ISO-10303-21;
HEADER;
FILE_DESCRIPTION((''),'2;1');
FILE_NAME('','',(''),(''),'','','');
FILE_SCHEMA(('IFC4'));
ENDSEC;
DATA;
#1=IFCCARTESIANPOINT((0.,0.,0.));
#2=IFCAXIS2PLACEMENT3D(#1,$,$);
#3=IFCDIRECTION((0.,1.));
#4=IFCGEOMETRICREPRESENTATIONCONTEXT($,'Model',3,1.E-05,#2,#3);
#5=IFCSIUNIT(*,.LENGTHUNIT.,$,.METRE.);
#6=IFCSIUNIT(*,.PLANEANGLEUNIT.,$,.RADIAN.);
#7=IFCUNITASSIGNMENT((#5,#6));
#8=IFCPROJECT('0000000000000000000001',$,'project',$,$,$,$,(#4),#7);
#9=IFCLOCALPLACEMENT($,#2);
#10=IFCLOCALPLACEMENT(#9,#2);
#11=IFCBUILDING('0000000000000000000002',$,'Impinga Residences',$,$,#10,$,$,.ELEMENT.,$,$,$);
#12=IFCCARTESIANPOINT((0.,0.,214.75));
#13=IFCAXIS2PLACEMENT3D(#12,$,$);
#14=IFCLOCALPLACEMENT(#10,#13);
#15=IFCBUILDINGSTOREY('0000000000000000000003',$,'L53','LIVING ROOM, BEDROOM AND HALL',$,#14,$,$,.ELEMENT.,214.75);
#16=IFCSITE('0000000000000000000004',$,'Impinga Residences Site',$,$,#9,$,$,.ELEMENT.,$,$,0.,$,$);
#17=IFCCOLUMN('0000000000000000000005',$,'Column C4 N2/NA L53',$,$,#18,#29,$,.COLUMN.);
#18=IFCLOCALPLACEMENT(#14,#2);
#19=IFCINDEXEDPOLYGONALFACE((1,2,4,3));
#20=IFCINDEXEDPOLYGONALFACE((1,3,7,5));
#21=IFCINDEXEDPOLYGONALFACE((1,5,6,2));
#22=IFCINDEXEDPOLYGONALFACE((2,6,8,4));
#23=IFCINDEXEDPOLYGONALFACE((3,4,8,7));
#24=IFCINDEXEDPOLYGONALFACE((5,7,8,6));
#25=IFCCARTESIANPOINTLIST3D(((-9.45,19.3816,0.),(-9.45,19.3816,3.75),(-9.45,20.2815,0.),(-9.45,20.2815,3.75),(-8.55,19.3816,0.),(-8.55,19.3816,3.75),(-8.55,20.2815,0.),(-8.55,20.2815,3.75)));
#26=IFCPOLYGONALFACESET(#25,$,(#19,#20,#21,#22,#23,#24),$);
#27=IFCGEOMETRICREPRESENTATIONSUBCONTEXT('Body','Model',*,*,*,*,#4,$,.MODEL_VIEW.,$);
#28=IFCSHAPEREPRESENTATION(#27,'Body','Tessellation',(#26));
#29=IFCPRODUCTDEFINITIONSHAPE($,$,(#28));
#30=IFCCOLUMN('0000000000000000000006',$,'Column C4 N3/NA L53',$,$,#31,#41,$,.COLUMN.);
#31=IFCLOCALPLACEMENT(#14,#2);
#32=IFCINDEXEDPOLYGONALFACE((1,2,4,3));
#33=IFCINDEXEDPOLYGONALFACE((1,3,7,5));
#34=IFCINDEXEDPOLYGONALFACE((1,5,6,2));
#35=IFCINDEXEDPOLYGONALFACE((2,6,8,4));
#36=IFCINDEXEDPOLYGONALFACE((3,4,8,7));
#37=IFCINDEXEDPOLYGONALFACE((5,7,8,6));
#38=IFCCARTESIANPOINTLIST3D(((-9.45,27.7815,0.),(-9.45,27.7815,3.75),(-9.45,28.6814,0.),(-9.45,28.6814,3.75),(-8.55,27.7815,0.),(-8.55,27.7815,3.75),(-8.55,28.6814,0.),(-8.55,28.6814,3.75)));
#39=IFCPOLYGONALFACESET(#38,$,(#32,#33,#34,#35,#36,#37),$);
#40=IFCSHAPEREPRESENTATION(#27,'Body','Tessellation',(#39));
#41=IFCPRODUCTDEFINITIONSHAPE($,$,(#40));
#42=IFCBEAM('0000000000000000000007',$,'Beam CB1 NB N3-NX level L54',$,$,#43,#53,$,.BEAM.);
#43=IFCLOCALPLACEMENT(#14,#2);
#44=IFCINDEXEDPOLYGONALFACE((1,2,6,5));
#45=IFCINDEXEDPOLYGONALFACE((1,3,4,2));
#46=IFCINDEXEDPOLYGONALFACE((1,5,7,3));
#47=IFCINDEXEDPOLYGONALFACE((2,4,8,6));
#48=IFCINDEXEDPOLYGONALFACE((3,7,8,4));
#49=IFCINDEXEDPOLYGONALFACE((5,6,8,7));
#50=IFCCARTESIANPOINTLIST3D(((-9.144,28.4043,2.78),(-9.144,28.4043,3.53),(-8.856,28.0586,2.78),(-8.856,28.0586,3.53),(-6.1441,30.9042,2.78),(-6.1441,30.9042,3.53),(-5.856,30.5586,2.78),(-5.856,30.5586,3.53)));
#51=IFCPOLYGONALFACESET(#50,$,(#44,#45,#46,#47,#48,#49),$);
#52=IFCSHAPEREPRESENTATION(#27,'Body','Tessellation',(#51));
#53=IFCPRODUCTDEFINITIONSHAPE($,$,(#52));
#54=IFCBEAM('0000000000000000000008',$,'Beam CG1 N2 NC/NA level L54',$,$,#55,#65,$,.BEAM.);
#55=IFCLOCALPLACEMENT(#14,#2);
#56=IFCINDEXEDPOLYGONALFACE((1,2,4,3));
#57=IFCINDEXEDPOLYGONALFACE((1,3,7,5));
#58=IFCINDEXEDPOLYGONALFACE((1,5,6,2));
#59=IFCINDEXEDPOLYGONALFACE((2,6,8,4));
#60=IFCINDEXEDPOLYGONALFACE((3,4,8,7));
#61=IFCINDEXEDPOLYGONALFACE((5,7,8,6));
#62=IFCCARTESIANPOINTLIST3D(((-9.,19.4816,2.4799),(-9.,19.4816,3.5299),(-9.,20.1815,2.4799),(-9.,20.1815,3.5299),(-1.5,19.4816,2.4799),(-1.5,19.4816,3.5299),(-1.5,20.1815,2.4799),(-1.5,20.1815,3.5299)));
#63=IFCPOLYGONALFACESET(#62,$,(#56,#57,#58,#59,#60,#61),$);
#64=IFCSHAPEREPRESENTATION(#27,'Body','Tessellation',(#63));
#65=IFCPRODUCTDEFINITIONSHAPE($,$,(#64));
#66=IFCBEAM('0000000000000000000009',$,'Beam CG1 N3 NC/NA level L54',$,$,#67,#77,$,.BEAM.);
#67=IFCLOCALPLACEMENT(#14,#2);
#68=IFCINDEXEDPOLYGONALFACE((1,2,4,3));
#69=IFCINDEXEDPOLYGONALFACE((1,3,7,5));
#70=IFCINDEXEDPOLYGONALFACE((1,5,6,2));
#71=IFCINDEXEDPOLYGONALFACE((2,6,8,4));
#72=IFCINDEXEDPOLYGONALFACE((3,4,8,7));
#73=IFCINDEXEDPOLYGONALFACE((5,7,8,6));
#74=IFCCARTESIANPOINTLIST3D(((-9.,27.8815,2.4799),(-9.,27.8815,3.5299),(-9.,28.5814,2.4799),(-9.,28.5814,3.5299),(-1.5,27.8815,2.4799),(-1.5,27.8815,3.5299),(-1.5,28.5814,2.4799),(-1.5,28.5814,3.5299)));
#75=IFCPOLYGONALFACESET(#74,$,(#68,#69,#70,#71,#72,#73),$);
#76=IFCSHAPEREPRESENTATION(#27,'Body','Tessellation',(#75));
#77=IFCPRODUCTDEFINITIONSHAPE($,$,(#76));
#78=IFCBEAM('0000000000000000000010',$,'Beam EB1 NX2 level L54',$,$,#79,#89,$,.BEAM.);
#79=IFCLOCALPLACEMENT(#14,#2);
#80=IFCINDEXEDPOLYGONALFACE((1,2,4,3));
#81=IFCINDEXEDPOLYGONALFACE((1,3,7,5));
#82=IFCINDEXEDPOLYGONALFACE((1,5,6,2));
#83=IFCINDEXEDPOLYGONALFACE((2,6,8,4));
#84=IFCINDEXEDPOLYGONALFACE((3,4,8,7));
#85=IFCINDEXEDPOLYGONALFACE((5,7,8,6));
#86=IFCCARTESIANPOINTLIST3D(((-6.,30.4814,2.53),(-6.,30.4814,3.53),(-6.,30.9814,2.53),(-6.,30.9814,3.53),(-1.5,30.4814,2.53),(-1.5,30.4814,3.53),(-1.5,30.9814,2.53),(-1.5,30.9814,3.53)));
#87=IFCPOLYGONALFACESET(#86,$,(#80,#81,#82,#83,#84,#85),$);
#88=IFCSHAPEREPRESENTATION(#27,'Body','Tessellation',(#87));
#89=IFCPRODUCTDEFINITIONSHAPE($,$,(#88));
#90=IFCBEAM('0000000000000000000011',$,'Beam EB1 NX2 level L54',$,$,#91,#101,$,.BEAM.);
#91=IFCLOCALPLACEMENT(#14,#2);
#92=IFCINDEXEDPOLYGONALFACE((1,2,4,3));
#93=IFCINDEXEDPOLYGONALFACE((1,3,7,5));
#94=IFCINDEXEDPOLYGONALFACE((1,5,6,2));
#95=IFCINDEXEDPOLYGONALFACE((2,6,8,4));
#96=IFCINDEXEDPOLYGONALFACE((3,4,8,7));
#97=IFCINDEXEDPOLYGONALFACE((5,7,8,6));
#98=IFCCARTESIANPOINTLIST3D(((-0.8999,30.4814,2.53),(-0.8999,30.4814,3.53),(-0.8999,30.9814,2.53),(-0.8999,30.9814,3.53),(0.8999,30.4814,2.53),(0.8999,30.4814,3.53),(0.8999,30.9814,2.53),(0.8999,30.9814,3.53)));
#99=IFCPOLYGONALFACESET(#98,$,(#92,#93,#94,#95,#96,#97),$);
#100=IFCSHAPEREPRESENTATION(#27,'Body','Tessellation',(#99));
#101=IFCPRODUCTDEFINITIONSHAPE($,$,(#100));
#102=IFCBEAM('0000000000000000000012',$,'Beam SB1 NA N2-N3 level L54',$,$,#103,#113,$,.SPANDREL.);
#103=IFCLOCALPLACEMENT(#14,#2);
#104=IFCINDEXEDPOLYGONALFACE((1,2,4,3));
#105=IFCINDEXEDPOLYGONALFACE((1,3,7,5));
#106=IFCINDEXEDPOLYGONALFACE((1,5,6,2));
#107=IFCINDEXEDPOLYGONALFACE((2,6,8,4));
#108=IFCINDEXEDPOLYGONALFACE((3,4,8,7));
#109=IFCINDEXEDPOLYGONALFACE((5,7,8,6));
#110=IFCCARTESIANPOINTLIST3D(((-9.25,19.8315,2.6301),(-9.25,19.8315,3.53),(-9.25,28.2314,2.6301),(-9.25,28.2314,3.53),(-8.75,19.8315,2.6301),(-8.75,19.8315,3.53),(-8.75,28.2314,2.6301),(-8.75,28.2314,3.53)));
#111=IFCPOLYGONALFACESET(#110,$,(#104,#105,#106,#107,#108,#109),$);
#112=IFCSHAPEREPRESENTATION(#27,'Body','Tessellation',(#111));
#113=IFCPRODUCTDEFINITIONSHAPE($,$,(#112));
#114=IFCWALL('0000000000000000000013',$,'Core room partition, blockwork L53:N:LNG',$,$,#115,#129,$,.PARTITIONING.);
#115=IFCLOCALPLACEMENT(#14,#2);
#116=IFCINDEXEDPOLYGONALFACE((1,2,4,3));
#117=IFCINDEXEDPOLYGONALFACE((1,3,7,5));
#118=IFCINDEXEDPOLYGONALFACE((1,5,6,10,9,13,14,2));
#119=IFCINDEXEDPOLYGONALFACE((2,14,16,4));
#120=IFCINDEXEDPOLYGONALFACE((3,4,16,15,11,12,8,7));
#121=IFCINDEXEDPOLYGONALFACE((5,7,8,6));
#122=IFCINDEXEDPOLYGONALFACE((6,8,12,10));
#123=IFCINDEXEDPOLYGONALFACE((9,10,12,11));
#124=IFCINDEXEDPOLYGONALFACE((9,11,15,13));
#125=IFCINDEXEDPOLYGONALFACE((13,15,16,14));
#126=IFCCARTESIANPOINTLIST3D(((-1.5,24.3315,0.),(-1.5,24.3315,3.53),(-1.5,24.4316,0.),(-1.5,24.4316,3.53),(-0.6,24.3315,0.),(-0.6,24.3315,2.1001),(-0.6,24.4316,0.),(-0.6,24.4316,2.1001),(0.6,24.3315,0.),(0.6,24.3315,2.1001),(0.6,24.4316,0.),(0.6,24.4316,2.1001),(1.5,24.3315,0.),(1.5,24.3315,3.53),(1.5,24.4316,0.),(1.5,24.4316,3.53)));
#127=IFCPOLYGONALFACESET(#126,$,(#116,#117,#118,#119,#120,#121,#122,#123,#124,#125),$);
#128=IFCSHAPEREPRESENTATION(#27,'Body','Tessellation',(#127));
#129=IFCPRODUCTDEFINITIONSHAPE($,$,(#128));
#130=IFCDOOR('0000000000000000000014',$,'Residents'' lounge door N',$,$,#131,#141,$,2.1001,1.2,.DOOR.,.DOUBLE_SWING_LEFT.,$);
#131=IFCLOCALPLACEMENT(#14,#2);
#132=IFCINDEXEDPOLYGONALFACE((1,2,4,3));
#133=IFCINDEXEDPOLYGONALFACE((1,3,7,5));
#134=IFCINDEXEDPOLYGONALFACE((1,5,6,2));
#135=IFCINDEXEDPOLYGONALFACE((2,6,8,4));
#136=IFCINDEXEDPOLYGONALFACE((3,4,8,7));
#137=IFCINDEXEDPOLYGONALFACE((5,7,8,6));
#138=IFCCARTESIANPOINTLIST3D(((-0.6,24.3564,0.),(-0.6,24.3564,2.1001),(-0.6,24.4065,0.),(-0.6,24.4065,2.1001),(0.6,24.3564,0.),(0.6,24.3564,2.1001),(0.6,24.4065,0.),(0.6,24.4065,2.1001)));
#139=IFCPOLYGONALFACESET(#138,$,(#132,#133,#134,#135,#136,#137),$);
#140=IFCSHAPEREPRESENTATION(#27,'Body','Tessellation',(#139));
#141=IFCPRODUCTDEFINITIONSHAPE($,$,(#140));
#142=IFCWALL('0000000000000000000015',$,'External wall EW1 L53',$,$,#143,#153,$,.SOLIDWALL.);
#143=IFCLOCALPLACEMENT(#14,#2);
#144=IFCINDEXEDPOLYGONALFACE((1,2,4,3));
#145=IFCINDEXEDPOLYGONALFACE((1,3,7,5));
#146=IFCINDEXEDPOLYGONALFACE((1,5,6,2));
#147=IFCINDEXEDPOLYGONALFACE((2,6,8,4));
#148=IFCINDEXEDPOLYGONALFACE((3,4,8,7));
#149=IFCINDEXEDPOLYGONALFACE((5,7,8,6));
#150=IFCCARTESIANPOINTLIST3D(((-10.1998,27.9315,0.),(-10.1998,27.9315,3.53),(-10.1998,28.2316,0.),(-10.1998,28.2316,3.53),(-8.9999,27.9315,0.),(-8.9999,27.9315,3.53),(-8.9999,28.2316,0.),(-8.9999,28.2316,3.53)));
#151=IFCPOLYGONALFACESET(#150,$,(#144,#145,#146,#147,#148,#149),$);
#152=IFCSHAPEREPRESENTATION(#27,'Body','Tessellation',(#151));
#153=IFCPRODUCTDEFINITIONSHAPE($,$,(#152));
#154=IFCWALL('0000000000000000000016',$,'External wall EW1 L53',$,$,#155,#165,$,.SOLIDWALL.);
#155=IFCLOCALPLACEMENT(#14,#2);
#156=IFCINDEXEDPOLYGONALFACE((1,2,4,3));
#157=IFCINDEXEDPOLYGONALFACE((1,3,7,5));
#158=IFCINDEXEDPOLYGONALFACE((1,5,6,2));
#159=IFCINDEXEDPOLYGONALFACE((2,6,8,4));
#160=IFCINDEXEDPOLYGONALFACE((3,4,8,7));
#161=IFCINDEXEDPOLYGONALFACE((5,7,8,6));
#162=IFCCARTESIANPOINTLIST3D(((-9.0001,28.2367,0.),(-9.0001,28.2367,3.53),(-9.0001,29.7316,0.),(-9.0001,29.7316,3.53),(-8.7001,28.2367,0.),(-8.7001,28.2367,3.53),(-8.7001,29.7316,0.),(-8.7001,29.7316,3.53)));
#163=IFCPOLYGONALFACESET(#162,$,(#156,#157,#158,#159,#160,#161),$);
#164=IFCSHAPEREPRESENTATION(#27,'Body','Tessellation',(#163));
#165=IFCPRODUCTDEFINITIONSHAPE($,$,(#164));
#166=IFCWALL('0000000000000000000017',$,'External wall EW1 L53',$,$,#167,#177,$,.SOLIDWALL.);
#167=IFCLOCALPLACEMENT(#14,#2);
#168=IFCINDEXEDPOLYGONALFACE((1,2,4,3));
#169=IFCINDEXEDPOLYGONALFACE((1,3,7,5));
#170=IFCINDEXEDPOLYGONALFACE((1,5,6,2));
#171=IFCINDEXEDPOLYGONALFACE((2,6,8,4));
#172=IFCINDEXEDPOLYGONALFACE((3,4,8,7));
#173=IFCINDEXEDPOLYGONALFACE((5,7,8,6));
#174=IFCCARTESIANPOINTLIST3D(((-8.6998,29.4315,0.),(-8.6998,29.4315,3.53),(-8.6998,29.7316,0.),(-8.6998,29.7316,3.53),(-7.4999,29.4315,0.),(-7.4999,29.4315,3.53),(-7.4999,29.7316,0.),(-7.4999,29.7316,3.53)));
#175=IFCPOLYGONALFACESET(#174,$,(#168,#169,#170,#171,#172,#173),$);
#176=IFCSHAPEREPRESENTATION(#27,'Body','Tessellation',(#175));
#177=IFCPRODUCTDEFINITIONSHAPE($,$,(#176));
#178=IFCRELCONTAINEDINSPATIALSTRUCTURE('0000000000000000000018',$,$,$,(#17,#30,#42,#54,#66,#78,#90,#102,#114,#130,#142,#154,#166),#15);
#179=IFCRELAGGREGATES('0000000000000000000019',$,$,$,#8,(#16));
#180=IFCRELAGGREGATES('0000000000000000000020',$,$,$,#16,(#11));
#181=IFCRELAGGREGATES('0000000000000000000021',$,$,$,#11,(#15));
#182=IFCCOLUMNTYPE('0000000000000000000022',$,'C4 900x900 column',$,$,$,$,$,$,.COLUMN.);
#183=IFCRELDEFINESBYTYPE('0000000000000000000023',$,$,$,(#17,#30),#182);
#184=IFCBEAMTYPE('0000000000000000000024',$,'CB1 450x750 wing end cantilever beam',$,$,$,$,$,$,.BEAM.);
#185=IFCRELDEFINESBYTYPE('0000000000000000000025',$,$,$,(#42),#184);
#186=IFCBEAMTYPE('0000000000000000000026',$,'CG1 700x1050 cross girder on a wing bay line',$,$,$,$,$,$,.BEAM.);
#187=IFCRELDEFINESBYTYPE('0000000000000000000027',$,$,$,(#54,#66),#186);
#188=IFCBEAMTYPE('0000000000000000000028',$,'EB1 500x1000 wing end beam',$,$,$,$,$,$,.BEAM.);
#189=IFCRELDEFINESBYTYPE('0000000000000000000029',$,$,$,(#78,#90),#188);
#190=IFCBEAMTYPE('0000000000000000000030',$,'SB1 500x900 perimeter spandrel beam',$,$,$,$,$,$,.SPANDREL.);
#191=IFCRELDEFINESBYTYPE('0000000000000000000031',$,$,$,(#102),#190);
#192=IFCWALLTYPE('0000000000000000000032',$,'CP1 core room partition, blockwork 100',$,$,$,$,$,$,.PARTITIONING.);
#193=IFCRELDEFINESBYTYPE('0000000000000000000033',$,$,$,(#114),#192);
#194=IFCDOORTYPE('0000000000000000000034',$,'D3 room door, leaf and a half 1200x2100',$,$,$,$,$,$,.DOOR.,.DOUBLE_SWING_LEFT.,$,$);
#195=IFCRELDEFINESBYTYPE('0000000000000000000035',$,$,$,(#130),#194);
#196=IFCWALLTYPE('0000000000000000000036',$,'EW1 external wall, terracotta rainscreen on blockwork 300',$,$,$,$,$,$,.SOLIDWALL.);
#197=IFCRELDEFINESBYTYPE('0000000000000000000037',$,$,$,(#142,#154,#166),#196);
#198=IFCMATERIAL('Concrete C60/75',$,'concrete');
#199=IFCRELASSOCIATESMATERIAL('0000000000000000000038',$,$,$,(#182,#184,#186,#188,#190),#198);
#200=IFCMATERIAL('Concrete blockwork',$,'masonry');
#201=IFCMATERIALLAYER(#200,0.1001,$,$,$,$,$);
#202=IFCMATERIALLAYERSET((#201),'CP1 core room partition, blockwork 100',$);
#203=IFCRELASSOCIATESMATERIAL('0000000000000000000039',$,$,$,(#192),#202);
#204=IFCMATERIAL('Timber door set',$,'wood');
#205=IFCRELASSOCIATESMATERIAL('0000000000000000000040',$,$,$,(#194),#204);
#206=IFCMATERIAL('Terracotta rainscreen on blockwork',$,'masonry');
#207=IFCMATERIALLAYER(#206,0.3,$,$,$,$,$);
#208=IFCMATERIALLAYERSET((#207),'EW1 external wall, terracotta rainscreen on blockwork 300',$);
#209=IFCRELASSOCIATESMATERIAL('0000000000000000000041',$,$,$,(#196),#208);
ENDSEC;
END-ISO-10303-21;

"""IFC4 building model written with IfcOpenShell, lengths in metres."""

from ifc_helpers import new_model, si_unit, direction, frame, frame_2d, origin, origin_2d, place, context, subcontext, project, spatial, rectangle, extrude, material, layer, layer_set, material_profile, profile_set, type_object, element, fill, save


model = new_model("IFC4")

# Units and contexts
model_context = context("Model", 3, precision=1e-05, world=origin(), true_north=direction((0.0, 1.0)))
body_context = subcontext(model_context, "Body", "Model", "MODEL_VIEW")
ifc_project = project(units=[si_unit("LENGTHUNIT", "METRE"), si_unit("PLANEANGLEUNIT", "RADIAN")], contexts=[model_context])

# Site, building, storey
site_placement = place(None, origin())
site = spatial("IfcSite", under=ifc_project, at=site_placement, Name="Impinga Residences Site", CompositionType="ELEMENT", RefElevation=0.0)
building_placement = place(site_placement, origin())
building = spatial("IfcBuilding", under=site, at=building_placement, Name="Impinga Residences", CompositionType="ELEMENT")
storey_placement = place(building_placement, frame((0.0, 0.0, 214.75)))
storey = spatial("IfcBuildingStorey", under=building, at=storey_placement, Name="L53", Description="LIVING ROOM, BEDROOM AND HALL", CompositionType="ELEMENT", Elevation=214.75)

# Columns
ifc_material_1 = material(Name="Concrete C60/75", Category="concrete")
ifc_material_profile_1 = material_profile(ifc_material_1, rectangle(XDim=0.8999, YDim=0.8999, at=origin_2d()), Name="RC 900x900")
ifc_profile_set_1 = profile_set([ifc_material_profile_1], Name="Concrete C60/75")
column_type = type_object("IfcColumnType", Name="C4 900x900 column", PredefinedType="COLUMN", material=ifc_profile_set_1)
for number, where, z_axis, x_axis, name in (
    (1, (-9.0, 19.8315, 0.0), (0.0, 0.0, 1.0), (1.0, 0.0, 0.0), "Column C4 N2/NA L53"),
    (2, (-9.0, 28.2314, 0.0), (0.0, 0.0, 1.0), (1.0, 0.0, 0.0), "Column C4 N3/NA L53"),
):
    element("IfcColumn", number, at=place(storey_placement, frame(where, z_axis=z_axis, x_axis=x_axis)), inside=storey, type_object=column_type, Name=name, PredefinedType="COLUMN", context=body_context, shape_type="SweptSolid", body=[
        extrude(rectangle(XDim=0.8999, YDim=0.8999, at=origin_2d()), origin(), (0.0, 0.0, 1.0), 3.75),
    ])

# Beams
ifc_material_profile_2 = material_profile(ifc_material_1, rectangle(XDim=0.45, YDim=0.75, at=origin_2d()), Name="RC 450x750")
ifc_profile_set_2 = profile_set([ifc_material_profile_2], Name="Concrete C60/75")
beam_type_1 = type_object("IfcBeamType", Name="CB1 450x750 wing end cantilever beam", PredefinedType="BEAM", material=ifc_profile_set_2)
beam_1_placement = place(storey_placement, frame((-9.0, 28.2314, 3.155), z_axis=(0.768221, 0.640184, 0.0), x_axis=(-0.640184, 0.768221, 0.0)))
element("IfcBeam", 3, at=beam_1_placement, inside=storey, type_object=beam_type_1, Name="Beam CB1 NB N3-NX level L54", PredefinedType="BEAM", context=body_context, shape_type="SweptSolid", body=[
    extrude(rectangle(XDim=0.45, YDim=0.75, at=origin_2d()), origin(), (0.0, 0.0, 1.0), 3.905),
])
ifc_material_profile_3 = material_profile(ifc_material_1, rectangle(XDim=0.7, YDim=1.05, at=origin_2d()), Name="RC 700x1050")
ifc_profile_set_3 = profile_set([ifc_material_profile_3], Name="Concrete C60/75")
beam_type_2 = type_object("IfcBeamType", Name="CG1 700x1050 cross girder on a wing bay line", PredefinedType="BEAM", material=ifc_profile_set_3)
for number, where, z_axis, x_axis, name in (
    (4, (-1.5, 19.8315, 3.0049), (-1.0, 0.0, 0.0), (0.0, -1.0, 0.0), "Beam CG1 N2 NC/NA level L54"),
    (5, (-1.5, 28.2314, 3.0049), (-1.0, 0.0, 0.0), (0.0, -1.0, 0.0), "Beam CG1 N3 NC/NA level L54"),
):
    element("IfcBeam", number, at=place(storey_placement, frame(where, z_axis=z_axis, x_axis=x_axis)), inside=storey, type_object=beam_type_2, Name=name, PredefinedType="BEAM", context=body_context, shape_type="SweptSolid", body=[
        extrude(rectangle(XDim=0.7, YDim=1.05, at=origin_2d()), origin(), (0.0, 0.0, 1.0), 7.5),
    ])
ifc_material_profile_4 = material_profile(ifc_material_1, rectangle(XDim=0.5, YDim=1.0, at=origin_2d()), Name="RC 500x1000")
ifc_profile_set_4 = profile_set([ifc_material_profile_4], Name="Concrete C60/75")
beam_type_3 = type_object("IfcBeamType", Name="EB1 500x1000 wing end beam", PredefinedType="BEAM", material=ifc_profile_set_4)
beam_2_placement = place(storey_placement, frame((-6.0, 30.7314, 3.03), z_axis=(1.0, 0.0, 0.0), x_axis=(0.0, 1.0, 0.0)))
element("IfcBeam", 6, at=beam_2_placement, inside=storey, type_object=beam_type_3, Name="Beam EB1 NX2 level L54", PredefinedType="BEAM", context=body_context, shape_type="SweptSolid", body=[
    extrude(rectangle(XDim=0.5, YDim=1.0, at=origin_2d()), origin(), (0.0, 0.0, 1.0), 4.5),
])
beam_3_placement = place(storey_placement, frame((-0.8999, 30.7314, 3.03), z_axis=(1.0, 0.0, 0.0), x_axis=(0.0, 1.0, 0.0)))
element("IfcBeam", 7, at=beam_3_placement, inside=storey, type_object=beam_type_3, Name="Beam EB1 NX2 level L54", PredefinedType="BEAM", context=body_context, shape_type="SweptSolid", body=[
    extrude(rectangle(XDim=0.5, YDim=1.0, at=origin_2d()), origin(), (0.0, 0.0, 1.0), 1.7998),
])
ifc_material_profile_5 = material_profile(ifc_material_1, rectangle(XDim=0.5, YDim=0.8999, at=origin_2d()), Name="RC 500x900")
ifc_profile_set_5 = profile_set([ifc_material_profile_5], Name="Concrete C60/75")
beam_type_4 = type_object("IfcBeamType", Name="SB1 500x900 perimeter spandrel beam", PredefinedType="SPANDREL", material=ifc_profile_set_5)
beam_4_placement = place(storey_placement, frame((-9.0, 19.8315, 3.0801), z_axis=(0.0, 1.0, 0.0), x_axis=(-1.0, 0.0, 0.0)))
element("IfcBeam", 8, at=beam_4_placement, inside=storey, type_object=beam_type_4, Name="Beam SB1 NA N2-N3 level L54", PredefinedType="SPANDREL", context=body_context, shape_type="SweptSolid", body=[
    extrude(rectangle(XDim=0.5, YDim=0.8999, at=origin_2d()), origin(), (0.0, 0.0, 1.0), 8.3999),
])

# Wall, opening, door
ifc_material_2 = material(Name="Concrete blockwork", Category="masonry")
ifc_layer_1 = layer(ifc_material_2, 0.1001)
ifc_layer_set_1 = layer_set([ifc_layer_1], Name="CP1 core room partition, blockwork 100")
wall_type_1 = type_object("IfcWallType", Name="CP1 core room partition, blockwork 100", PredefinedType="PARTITIONING", material=ifc_layer_set_1)
wall_1_placement = place(storey_placement, frame((-1.5, 24.3816, 0.0), z_axis=(0.0, 0.0, 1.0), x_axis=(1.0, 0.0, 0.0)))
wall_1 = element("IfcWall", 9, at=wall_1_placement, inside=storey, type_object=wall_type_1, Name="Core room partition, blockwork L53:N:LNG", PredefinedType="PARTITIONING", context=body_context, shape_type="SweptSolid", body=[
    extrude(rectangle(XDim=3.0, YDim=0.1001, at=frame_2d((1.5, 0.0))), origin(), (0.0, 0.0, 1.0), 3.53),
])
opening_1_placement = place(wall_1_placement, frame((0.8999, 0.0, 0.0)))
opening_1 = element("IfcOpeningElement", 10, at=opening_1_placement, cuts=wall_1, PredefinedType="OPENING", context=body_context, shape_type="SweptSolid", body=[
    extrude(rectangle(XDim=1.2, YDim=2.1001, at=frame_2d((0.6001, 1.05))), frame((0.0, 0.0601, 0.0), z_axis=(0.0, -1.0, 0.0), x_axis=(1.0, 0.0, 0.0)), (0.0, 0.0, 1.0), 0.1201),
])
ifc_material_3 = material(Name="Timber door set", Category="wood")
door_type_1 = type_object("IfcDoorType", Name="D3 room door, leaf and a half 1200x2100", OperationType="DOUBLE_SWING_LEFT", PredefinedType="DOOR", material=ifc_material_3)
door_1_placement = place(opening_1_placement, origin())
door_1 = element("IfcDoor", 11, at=door_1_placement, inside=storey, type_object=door_type_1, Name="Residents' lounge door N", OperationType="DOUBLE_SWING_LEFT", OverallHeight=2.1001, OverallWidth=1.2, PredefinedType="DOOR", context=body_context, shape_type="SweptSolid", body=[
    extrude(rectangle(XDim=1.2, YDim=2.1001, at=frame_2d((0.6001, 1.05))), frame((0.0, 0.0249, 0.0), z_axis=(0.0, -1.0, 0.0), x_axis=(1.0, 0.0, 0.0)), (0.0, 0.0, 1.0), 0.05),
])
fill(opening_1, door_1)

# Walls
ifc_material_4 = material(Name="Terracotta rainscreen on blockwork", Category="masonry")
ifc_layer_2 = layer(ifc_material_4, 0.3)
ifc_layer_set_2 = layer_set([ifc_layer_2], Name="EW1 external wall, terracotta rainscreen on blockwork 300")
wall_type_2 = type_object("IfcWallType", Name="EW1 external wall, terracotta rainscreen on blockwork 300", PredefinedType="SOLIDWALL", material=ifc_layer_set_2)
wall_2_placement = place(storey_placement, frame((-10.2, 28.0815, 0.0), z_axis=(0.0, 0.0, 1.0), x_axis=(1.0, 0.0, 0.0)))
element("IfcWall", 12, at=wall_2_placement, inside=storey, type_object=wall_type_2, Name="External wall EW1 L53", PredefinedType="SOLIDWALL", context=body_context, shape_type="SweptSolid", body=[
    extrude(rectangle(XDim=1.2, YDim=0.3, at=frame_2d((0.6001, 0.0))), origin(), (0.0, 0.0, 1.0), 3.53),
])
wall_3_placement = place(storey_placement, frame((-8.8501, 28.2366, 0.0), z_axis=(0.0, 0.0, 1.0), x_axis=(0.0, 1.0, 0.0)))
element("IfcWall", 13, at=wall_3_placement, inside=storey, type_object=wall_type_2, Name="External wall EW1 L53", PredefinedType="SOLIDWALL", context=body_context, shape_type="SweptSolid", body=[
    extrude(rectangle(XDim=1.4949, YDim=0.3, at=frame_2d((0.7476, 0.0))), origin(), (0.0, 0.0, 1.0), 3.53),
])
wall_4_placement = place(storey_placement, frame((-8.7, 29.5815, 0.0), z_axis=(0.0, 0.0, 1.0), x_axis=(1.0, 0.0, 0.0)))
element("IfcWall", 14, at=wall_4_placement, inside=storey, type_object=wall_type_2, Name="External wall EW1 L53", PredefinedType="SOLIDWALL", context=body_context, shape_type="SweptSolid", body=[
    extrude(rectangle(XDim=1.2, YDim=0.3, at=frame_2d((0.6001, 0.0))), origin(), (0.0, 0.0, 1.0), 3.53),
])

save(model, "model.ifc")
